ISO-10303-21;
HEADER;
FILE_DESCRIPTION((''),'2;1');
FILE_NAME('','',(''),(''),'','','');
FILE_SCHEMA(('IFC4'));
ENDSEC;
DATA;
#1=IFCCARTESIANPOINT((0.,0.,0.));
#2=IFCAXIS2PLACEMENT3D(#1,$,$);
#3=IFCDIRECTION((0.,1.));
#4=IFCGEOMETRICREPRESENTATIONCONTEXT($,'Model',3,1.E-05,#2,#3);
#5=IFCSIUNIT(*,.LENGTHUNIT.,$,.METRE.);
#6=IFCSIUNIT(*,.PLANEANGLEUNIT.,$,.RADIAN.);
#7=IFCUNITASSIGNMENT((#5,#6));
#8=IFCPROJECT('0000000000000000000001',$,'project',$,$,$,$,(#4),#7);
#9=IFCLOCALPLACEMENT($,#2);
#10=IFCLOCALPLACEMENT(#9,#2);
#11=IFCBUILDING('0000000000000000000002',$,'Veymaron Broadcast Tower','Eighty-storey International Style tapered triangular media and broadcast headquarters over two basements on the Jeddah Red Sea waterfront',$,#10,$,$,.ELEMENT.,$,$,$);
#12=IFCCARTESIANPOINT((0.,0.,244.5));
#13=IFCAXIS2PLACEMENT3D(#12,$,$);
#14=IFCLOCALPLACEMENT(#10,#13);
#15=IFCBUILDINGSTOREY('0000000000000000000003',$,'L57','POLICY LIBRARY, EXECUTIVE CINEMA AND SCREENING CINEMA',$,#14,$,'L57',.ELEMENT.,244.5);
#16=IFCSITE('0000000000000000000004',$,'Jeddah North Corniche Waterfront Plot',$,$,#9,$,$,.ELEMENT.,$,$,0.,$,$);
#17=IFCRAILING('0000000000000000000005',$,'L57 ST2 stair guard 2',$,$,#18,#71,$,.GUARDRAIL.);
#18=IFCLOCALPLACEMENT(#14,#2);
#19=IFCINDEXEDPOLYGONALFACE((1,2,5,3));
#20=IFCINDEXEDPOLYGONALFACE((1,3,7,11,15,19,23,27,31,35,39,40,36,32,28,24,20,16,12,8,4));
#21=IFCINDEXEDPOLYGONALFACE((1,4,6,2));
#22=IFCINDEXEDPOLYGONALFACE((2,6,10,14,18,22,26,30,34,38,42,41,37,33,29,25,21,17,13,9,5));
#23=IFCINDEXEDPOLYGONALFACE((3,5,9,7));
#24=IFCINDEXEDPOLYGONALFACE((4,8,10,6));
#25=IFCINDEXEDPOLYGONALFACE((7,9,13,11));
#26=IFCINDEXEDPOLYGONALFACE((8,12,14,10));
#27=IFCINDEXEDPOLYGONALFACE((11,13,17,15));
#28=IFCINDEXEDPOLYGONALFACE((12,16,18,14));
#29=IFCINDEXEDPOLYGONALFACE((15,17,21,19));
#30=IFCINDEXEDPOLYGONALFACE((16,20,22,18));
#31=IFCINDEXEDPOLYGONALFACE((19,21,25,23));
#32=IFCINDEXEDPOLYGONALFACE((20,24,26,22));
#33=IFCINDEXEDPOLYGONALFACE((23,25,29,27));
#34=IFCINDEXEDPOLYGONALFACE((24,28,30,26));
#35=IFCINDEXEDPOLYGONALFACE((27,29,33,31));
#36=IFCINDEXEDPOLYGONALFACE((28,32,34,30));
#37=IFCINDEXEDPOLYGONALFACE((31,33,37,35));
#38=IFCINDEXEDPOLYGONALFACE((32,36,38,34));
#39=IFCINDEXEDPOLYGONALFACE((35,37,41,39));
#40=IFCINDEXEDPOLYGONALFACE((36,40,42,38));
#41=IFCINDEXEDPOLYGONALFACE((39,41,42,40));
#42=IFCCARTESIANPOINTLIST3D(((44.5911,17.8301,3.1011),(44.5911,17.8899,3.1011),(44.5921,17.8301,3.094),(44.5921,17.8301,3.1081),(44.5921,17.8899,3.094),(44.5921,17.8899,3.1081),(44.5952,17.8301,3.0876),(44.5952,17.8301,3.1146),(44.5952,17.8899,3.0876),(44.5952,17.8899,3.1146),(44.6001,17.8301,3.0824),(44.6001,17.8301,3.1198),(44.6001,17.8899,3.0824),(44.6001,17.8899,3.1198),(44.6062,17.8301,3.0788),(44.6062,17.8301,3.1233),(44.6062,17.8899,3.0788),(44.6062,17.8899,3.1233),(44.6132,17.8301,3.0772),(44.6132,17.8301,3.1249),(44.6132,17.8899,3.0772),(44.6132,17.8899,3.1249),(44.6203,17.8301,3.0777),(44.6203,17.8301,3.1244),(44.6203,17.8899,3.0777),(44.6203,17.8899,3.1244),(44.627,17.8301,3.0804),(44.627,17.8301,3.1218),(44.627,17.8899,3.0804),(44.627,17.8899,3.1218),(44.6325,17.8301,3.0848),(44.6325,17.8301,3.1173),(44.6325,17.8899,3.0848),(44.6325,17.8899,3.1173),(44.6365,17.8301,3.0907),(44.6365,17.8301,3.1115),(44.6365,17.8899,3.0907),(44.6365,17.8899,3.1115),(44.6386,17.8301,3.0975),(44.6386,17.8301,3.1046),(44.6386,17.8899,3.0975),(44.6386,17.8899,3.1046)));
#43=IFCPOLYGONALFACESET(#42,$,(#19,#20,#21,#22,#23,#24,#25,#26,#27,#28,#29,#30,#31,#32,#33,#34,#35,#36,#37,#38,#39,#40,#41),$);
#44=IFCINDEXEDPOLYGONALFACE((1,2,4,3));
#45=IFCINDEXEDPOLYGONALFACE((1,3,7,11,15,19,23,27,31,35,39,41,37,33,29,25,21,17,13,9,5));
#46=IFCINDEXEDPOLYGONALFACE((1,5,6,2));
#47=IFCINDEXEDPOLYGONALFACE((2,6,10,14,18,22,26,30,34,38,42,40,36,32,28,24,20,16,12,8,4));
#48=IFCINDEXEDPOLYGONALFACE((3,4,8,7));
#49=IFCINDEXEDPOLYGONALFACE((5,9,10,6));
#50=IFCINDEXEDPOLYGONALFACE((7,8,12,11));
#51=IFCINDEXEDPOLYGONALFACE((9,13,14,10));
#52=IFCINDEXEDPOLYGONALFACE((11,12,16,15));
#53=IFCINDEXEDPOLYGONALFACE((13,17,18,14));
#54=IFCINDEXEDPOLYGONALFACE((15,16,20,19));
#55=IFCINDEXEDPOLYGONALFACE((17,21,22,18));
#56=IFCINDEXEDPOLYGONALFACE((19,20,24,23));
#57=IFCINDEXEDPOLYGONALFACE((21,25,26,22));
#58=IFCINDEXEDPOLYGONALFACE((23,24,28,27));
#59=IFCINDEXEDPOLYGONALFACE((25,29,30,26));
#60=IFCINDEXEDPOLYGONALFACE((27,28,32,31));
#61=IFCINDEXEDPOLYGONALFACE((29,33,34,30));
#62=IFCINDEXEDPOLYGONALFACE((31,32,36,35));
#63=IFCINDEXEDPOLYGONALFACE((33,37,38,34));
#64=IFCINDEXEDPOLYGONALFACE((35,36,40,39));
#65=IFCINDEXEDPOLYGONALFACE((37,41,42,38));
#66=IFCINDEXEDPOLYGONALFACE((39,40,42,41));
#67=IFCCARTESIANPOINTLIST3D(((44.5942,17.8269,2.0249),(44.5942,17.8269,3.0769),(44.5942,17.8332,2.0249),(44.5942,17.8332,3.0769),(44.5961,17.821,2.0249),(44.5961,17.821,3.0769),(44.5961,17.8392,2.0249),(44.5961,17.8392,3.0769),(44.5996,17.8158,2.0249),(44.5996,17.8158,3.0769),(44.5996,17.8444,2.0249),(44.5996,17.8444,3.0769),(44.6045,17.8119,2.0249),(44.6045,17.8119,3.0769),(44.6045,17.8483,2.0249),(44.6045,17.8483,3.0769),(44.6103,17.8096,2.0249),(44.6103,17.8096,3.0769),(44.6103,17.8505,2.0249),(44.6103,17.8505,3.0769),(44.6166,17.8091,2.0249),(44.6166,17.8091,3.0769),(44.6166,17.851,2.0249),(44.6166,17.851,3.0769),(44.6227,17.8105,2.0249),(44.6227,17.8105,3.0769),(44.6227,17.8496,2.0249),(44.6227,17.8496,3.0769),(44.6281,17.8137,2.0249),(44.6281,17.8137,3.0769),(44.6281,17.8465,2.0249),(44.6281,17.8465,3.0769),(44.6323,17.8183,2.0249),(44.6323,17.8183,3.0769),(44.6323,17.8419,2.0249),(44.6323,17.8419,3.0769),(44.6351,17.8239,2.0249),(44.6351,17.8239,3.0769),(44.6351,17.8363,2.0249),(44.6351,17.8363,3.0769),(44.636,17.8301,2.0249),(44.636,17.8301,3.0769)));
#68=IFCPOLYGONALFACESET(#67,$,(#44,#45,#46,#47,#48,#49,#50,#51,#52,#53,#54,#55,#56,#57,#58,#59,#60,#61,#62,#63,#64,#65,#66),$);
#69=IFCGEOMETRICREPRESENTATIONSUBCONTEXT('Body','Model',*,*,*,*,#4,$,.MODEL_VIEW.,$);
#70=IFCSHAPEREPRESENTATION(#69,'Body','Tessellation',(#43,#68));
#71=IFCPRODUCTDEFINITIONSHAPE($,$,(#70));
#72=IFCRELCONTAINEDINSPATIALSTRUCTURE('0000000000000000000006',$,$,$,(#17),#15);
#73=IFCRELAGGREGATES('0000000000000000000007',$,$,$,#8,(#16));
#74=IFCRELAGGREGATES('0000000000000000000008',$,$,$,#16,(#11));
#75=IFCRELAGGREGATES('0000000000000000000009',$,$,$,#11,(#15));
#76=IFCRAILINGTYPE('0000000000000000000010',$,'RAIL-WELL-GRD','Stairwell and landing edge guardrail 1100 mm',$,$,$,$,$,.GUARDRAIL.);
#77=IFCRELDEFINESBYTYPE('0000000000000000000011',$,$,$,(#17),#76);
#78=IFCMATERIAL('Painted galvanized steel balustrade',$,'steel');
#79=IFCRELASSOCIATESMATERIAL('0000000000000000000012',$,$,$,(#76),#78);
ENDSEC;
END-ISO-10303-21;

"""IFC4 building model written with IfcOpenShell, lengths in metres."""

from ifc_helpers import new_model, si_unit, direction, frame, origin, origin_2d, place, context, subcontext, project, spatial, circle, extrude, material, type_object, element, save


model = new_model("IFC4")

# Units and contexts
model_context = context("Model", 3, precision=1e-05, world=origin(), true_north=direction((0.0, 1.0)))
body_context = subcontext(model_context, "Body", "Model", "MODEL_VIEW")
ifc_project = project(units=[si_unit("LENGTHUNIT", "METRE"), si_unit("PLANEANGLEUNIT", "RADIAN")], contexts=[model_context])

# Site, building, storey
site_placement = place(None, origin())
site = spatial("IfcSite", under=ifc_project, at=site_placement, Name="Jeddah North Corniche Waterfront Plot", CompositionType="ELEMENT", RefElevation=0.0)
building_placement = place(site_placement, origin())
building = spatial("IfcBuilding", under=site, at=building_placement, Name="Veymaron Broadcast Tower", Description="Eighty-storey International Style tapered triangular media and broadcast headquarters over two basements on the Jeddah Red Sea waterfront", CompositionType="ELEMENT")
storey_placement = place(building_placement, frame((0.0, 0.0, 244.5)))
storey = spatial("IfcBuildingStorey", under=building, at=storey_placement, Name="L57", Description="POLICY LIBRARY, EXECUTIVE CINEMA AND SCREENING CINEMA", LongName="L57", CompositionType="ELEMENT", Elevation=244.5)

# Railing
ifc_material_1 = material(Name="Painted galvanized steel balustrade", Category="steel")
railing_type_1 = type_object("IfcRailingType", Name="RAIL-WELL-GRD", Description="Stairwell and landing edge guardrail 1100 mm", PredefinedType="GUARDRAIL", material=ifc_material_1)
railing_1_placement = place(storey_placement, frame((44.615, 17.8301, 2.0249)))
element("IfcRailing", 1, at=railing_1_placement, inside=storey, type_object=railing_type_1, Name="L57 ST2 stair guard 2", PredefinedType="GUARDRAIL", context=body_context, shape_type="SweptSolid", body=[
    extrude(circle(Radius=0.0239, at=origin_2d()), frame((0.0, 0.0, 1.0762), z_axis=(0.0, 1.0, 0.0), x_axis=(-1.0, 0.0, 0.0)), (0.0, 0.0, 1.0), 0.0598),
    extrude(circle(Radius=0.021, at=origin_2d()), origin(), (0.0, 0.0, 1.0), 1.052),
])

save(model, "model.ifc")
